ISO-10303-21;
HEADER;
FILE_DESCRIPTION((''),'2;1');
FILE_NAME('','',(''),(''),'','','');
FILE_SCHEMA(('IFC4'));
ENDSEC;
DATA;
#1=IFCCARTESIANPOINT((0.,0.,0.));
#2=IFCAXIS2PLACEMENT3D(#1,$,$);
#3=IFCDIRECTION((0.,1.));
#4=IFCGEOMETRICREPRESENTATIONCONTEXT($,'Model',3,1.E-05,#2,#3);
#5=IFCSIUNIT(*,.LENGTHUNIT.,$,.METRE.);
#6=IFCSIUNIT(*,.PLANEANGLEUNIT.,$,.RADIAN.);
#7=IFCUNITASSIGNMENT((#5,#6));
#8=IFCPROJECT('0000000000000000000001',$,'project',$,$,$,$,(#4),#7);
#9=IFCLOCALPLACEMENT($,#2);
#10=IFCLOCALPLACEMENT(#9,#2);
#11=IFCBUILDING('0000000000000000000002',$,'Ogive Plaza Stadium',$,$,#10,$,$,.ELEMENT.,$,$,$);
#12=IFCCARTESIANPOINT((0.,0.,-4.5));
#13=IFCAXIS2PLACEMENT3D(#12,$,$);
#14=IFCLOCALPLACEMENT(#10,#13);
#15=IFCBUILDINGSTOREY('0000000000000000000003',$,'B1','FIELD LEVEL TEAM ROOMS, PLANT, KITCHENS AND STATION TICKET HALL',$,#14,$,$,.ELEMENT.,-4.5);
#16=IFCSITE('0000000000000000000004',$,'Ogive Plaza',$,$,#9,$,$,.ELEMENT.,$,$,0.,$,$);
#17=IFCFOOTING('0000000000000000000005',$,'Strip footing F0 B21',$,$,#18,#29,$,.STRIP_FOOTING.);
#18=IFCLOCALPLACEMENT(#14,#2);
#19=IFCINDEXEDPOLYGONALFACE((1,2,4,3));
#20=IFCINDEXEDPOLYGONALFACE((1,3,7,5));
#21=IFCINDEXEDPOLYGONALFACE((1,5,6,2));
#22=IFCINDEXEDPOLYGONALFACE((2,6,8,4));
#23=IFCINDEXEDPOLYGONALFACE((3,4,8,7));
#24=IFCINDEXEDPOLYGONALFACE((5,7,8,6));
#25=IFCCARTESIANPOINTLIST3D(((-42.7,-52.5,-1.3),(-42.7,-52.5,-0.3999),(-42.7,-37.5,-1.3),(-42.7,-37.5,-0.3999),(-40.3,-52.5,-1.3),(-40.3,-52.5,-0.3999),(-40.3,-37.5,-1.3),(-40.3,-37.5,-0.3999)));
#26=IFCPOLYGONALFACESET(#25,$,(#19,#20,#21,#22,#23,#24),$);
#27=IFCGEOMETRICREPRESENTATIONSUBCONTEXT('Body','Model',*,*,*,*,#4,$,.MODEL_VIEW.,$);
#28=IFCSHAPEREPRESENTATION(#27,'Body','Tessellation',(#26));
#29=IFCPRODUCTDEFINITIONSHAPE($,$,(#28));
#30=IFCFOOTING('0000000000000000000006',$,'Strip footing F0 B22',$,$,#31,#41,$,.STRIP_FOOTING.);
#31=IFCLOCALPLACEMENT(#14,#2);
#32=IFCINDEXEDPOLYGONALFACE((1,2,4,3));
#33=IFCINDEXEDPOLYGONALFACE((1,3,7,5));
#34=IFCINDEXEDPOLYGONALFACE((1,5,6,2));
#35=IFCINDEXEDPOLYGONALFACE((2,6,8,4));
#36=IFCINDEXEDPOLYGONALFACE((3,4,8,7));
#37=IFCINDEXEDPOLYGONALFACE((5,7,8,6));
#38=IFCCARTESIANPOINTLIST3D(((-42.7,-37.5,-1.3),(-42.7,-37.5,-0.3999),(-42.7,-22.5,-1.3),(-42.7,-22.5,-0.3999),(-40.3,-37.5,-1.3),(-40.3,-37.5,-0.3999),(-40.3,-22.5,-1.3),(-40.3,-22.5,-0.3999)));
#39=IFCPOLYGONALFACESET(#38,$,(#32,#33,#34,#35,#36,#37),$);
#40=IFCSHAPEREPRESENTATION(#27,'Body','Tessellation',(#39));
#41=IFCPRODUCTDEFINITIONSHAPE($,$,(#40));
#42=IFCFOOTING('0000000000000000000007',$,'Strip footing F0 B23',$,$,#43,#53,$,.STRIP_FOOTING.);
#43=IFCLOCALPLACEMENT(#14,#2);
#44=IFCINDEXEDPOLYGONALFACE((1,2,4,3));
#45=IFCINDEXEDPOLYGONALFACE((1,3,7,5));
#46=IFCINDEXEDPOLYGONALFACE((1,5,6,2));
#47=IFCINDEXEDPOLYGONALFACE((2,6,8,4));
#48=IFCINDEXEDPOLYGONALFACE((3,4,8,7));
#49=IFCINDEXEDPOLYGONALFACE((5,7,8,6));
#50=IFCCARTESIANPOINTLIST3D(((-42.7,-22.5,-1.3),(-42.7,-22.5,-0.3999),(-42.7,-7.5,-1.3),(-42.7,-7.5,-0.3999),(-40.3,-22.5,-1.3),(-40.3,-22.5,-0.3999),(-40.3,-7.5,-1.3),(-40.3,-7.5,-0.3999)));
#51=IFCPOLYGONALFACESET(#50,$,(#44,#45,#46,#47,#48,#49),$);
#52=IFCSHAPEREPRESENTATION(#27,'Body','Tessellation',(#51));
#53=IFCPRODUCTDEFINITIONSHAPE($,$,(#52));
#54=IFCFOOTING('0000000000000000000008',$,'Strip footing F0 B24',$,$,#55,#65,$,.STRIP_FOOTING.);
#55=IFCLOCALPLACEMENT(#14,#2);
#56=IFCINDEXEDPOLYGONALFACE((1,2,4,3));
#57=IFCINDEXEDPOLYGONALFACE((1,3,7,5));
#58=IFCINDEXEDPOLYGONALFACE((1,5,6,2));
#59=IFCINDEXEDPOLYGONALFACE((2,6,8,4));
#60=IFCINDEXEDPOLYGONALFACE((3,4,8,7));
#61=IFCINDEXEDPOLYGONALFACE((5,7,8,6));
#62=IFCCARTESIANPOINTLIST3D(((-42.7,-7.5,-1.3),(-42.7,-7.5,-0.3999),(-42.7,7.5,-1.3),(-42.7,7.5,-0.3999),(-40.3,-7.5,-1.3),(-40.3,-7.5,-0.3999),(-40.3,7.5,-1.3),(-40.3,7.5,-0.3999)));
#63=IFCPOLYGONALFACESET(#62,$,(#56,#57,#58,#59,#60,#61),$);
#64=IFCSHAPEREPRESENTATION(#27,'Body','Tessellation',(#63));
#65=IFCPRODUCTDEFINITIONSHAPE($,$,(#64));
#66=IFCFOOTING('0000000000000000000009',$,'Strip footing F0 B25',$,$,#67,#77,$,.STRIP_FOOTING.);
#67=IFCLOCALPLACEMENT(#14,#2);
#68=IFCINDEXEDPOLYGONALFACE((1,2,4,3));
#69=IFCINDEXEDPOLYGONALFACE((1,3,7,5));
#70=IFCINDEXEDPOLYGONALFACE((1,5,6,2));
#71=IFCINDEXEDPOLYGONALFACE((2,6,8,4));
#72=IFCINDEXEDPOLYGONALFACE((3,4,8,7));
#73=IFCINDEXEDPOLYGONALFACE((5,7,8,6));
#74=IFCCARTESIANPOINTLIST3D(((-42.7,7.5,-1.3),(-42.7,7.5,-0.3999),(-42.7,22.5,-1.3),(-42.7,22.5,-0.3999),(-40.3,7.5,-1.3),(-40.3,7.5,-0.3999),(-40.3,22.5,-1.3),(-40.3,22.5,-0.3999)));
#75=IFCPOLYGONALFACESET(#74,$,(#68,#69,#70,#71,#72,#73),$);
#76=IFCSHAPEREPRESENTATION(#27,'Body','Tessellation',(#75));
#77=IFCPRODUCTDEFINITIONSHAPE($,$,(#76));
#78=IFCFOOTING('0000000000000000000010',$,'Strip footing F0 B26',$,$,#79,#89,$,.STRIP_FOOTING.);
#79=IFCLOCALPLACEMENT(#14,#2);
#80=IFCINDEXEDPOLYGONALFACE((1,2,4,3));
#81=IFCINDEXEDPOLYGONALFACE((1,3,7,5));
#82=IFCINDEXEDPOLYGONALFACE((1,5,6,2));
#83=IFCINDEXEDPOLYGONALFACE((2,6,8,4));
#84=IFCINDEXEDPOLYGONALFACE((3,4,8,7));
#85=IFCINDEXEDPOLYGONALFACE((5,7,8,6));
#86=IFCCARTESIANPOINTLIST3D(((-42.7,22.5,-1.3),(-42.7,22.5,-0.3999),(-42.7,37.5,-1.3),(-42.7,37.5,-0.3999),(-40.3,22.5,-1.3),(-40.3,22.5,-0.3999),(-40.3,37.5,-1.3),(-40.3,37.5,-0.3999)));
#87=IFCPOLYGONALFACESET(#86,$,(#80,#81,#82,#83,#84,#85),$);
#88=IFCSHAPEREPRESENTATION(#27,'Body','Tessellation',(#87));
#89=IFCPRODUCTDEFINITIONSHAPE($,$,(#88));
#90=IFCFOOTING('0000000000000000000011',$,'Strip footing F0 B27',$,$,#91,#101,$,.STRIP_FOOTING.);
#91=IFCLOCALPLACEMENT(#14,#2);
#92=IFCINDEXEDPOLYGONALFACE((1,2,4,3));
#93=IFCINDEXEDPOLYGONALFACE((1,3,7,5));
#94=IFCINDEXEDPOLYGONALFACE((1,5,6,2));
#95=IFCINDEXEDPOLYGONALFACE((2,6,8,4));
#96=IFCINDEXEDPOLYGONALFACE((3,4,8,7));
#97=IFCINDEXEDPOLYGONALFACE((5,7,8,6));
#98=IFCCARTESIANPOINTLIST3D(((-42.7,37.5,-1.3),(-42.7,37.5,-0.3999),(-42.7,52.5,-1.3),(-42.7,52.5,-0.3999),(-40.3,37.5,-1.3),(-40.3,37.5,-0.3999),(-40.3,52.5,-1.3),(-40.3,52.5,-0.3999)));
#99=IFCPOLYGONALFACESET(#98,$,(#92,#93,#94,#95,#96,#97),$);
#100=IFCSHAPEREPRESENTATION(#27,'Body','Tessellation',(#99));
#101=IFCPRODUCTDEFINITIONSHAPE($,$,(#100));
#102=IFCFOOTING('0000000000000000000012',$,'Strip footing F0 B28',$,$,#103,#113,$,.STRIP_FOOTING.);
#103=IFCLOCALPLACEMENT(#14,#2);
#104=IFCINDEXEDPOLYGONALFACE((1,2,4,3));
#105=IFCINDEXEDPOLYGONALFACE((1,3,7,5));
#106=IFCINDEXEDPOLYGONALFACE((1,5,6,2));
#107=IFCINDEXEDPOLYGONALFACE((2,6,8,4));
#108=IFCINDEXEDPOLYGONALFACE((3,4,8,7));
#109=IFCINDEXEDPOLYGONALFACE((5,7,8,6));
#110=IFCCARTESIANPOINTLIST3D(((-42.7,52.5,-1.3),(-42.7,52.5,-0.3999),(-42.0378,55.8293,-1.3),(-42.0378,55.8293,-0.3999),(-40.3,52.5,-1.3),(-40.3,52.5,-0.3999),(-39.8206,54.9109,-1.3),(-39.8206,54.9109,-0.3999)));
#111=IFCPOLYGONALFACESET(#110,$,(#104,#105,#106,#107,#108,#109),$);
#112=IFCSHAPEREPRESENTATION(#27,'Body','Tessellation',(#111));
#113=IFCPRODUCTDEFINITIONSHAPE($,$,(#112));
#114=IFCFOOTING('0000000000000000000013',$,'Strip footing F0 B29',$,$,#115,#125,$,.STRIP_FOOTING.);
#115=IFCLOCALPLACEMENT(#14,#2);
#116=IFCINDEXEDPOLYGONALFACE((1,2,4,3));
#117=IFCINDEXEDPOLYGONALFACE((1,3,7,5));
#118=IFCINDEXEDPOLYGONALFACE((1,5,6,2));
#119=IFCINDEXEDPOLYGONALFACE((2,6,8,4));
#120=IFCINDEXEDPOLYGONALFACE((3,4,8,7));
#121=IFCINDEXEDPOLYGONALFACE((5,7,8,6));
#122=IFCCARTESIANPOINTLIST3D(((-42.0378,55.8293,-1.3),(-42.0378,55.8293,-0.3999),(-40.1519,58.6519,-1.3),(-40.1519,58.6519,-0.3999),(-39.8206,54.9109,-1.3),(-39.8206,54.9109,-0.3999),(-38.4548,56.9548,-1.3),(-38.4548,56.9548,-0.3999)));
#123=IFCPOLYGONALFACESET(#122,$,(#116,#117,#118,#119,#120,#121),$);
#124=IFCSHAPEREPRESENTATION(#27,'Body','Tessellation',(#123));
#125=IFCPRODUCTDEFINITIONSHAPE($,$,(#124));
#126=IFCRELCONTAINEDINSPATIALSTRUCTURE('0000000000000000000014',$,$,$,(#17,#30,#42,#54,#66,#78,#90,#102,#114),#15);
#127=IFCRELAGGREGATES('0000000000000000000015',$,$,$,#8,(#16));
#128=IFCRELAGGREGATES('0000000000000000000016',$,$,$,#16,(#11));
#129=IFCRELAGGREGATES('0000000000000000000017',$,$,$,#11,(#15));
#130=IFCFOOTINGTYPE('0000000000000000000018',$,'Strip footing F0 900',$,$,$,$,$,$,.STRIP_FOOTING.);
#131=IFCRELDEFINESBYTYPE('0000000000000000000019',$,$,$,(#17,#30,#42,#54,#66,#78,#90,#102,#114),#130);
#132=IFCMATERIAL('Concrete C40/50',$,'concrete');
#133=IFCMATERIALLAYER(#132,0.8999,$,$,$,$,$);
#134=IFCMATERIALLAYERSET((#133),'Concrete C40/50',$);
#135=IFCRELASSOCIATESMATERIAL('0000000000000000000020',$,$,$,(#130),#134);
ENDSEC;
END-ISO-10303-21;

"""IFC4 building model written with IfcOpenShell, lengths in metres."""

from ifc_helpers import new_model, si_unit, direction, frame, origin, place, context, subcontext, project, spatial, polyline, outline, extrude, material, layer, layer_set, type_object, element, save


model = new_model("IFC4")

# Units and contexts
model_context = context("Model", 3, precision=1e-05, world=origin(), true_north=direction((0.0, 1.0)))
body_context = subcontext(model_context, "Body", "Model", "MODEL_VIEW")
ifc_project = project(units=[si_unit("LENGTHUNIT", "METRE"), si_unit("PLANEANGLEUNIT", "RADIAN")], contexts=[model_context])

# Site, building, storey
site_placement = place(None, origin())
site = spatial("IfcSite", under=ifc_project, at=site_placement, Name="Ogive Plaza", CompositionType="ELEMENT", RefElevation=0.0)
building_placement = place(site_placement, origin())
building = spatial("IfcBuilding", under=site, at=building_placement, Name="Ogive Plaza Stadium", CompositionType="ELEMENT")
storey_placement = place(building_placement, frame((0.0, 0.0, -4.5)))
storey = spatial("IfcBuildingStorey", under=building, at=storey_placement, Name="B1", Description="FIELD LEVEL TEAM ROOMS, PLANT, KITCHENS AND STATION TICKET HALL", CompositionType="ELEMENT", Elevation=-4.5)

# Footings
ifc_material_1 = material(Name="Concrete C40/50", Category="concrete")
ifc_layer = layer(ifc_material_1, 0.8999)
ifc_layer_set = layer_set([ifc_layer], Name="Concrete C40/50")
footing_type = type_object("IfcFootingType", Name="Strip footing F0 900", PredefinedType="STRIP_FOOTING", material=ifc_layer_set)
footing_1_placement = place(storey_placement, frame((0.0, 0.0, -1.3)))
element("IfcFooting", 1, at=footing_1_placement, inside=storey, type_object=footing_type, Name="Strip footing F0 B21", PredefinedType="STRIP_FOOTING", context=body_context, shape_type="SweptSolid", body=[
    extrude(outline(polyline([(-40.3, -37.5), (-42.7, -37.5), (-42.7, -52.5), (-40.3, -52.5), (-40.3, -37.5)])), origin(), (0.0, 0.0, 1.0), 0.9001),
])
footing_2_placement = place(storey_placement, frame((0.0, 0.0, -1.3)))
element("IfcFooting", 2, at=footing_2_placement, inside=storey, type_object=footing_type, Name="Strip footing F0 B22", PredefinedType="STRIP_FOOTING", context=body_context, shape_type="SweptSolid", body=[
    extrude(outline(polyline([(-40.3, -22.5), (-42.7, -22.5), (-42.7, -37.5), (-40.3, -37.5), (-40.3, -22.5)])), origin(), (0.0, 0.0, 1.0), 0.9001),
])
footing_3_placement = place(storey_placement, frame((0.0, 0.0, -1.3)))
element("IfcFooting", 3, at=footing_3_placement, inside=storey, type_object=footing_type, Name="Strip footing F0 B23", PredefinedType="STRIP_FOOTING", context=body_context, shape_type="SweptSolid", body=[
    extrude(outline(polyline([(-40.3, -7.5), (-42.7, -7.5), (-42.7, -22.5), (-40.3, -22.5), (-40.3, -7.5)])), origin(), (0.0, 0.0, 1.0), 0.9001),
])
footing_4_placement = place(storey_placement, frame((0.0, 0.0, -1.3)))
element("IfcFooting", 4, at=footing_4_placement, inside=storey, type_object=footing_type, Name="Strip footing F0 B24", PredefinedType="STRIP_FOOTING", context=body_context, shape_type="SweptSolid", body=[
    extrude(outline(polyline([(-40.3, 7.5), (-42.7, 7.5), (-42.7, -7.5), (-40.3, -7.5), (-40.3, 7.5)])), origin(), (0.0, 0.0, 1.0), 0.9001),
])
footing_5_placement = place(storey_placement, frame((0.0, 0.0, -1.3)))
element("IfcFooting", 5, at=footing_5_placement, inside=storey, type_object=footing_type, Name="Strip footing F0 B25", PredefinedType="STRIP_FOOTING", context=body_context, shape_type="SweptSolid", body=[
    extrude(outline(polyline([(-40.3, 22.5), (-42.7, 22.5), (-42.7, 7.5), (-40.3, 7.5), (-40.3, 22.5)])), origin(), (0.0, 0.0, 1.0), 0.9001),
])
footing_6_placement = place(storey_placement, frame((0.0, 0.0, -1.3)))
element("IfcFooting", 6, at=footing_6_placement, inside=storey, type_object=footing_type, Name="Strip footing F0 B26", PredefinedType="STRIP_FOOTING", context=body_context, shape_type="SweptSolid", body=[
    extrude(outline(polyline([(-40.3, 37.5), (-42.7, 37.5), (-42.7, 22.5), (-40.3, 22.5), (-40.3, 37.5)])), origin(), (0.0, 0.0, 1.0), 0.9001),
])
footing_7_placement = place(storey_placement, frame((0.0, 0.0, -1.3)))
element("IfcFooting", 7, at=footing_7_placement, inside=storey, type_object=footing_type, Name="Strip footing F0 B27", PredefinedType="STRIP_FOOTING", context=body_context, shape_type="SweptSolid", body=[
    extrude(outline(polyline([(-40.3, 52.5), (-42.7, 52.5), (-42.7, 37.5), (-40.3, 37.5), (-40.3, 52.5)])), origin(), (0.0, 0.0, 1.0), 0.9001),
])
footing_8_placement = place(storey_placement, frame((0.0, 0.0, -1.3)))
element("IfcFooting", 8, at=footing_8_placement, inside=storey, type_object=footing_type, Name="Strip footing F0 B28", PredefinedType="STRIP_FOOTING", context=body_context, shape_type="SweptSolid", body=[
    extrude(outline(polyline([(-39.8206, 54.9109), (-42.0378, 55.8293), (-42.7, 52.5), (-40.3, 52.5), (-39.8206, 54.9109)])), origin(), (0.0, 0.0, 1.0), 0.9001),
])
footing_9_placement = place(storey_placement, frame((0.0, 0.0, -1.3)))
element("IfcFooting", 9, at=footing_9_placement, inside=storey, type_object=footing_type, Name="Strip footing F0 B29", PredefinedType="STRIP_FOOTING", context=body_context, shape_type="SweptSolid", body=[
    extrude(outline(polyline([(-38.4548, 56.9548), (-40.1519, 58.6519), (-42.0378, 55.8293), (-39.8206, 54.9109), (-38.4548, 56.9548)])), origin(), (0.0, 0.0, 1.0), 0.9001),
])

save(model, "model.ifc")
